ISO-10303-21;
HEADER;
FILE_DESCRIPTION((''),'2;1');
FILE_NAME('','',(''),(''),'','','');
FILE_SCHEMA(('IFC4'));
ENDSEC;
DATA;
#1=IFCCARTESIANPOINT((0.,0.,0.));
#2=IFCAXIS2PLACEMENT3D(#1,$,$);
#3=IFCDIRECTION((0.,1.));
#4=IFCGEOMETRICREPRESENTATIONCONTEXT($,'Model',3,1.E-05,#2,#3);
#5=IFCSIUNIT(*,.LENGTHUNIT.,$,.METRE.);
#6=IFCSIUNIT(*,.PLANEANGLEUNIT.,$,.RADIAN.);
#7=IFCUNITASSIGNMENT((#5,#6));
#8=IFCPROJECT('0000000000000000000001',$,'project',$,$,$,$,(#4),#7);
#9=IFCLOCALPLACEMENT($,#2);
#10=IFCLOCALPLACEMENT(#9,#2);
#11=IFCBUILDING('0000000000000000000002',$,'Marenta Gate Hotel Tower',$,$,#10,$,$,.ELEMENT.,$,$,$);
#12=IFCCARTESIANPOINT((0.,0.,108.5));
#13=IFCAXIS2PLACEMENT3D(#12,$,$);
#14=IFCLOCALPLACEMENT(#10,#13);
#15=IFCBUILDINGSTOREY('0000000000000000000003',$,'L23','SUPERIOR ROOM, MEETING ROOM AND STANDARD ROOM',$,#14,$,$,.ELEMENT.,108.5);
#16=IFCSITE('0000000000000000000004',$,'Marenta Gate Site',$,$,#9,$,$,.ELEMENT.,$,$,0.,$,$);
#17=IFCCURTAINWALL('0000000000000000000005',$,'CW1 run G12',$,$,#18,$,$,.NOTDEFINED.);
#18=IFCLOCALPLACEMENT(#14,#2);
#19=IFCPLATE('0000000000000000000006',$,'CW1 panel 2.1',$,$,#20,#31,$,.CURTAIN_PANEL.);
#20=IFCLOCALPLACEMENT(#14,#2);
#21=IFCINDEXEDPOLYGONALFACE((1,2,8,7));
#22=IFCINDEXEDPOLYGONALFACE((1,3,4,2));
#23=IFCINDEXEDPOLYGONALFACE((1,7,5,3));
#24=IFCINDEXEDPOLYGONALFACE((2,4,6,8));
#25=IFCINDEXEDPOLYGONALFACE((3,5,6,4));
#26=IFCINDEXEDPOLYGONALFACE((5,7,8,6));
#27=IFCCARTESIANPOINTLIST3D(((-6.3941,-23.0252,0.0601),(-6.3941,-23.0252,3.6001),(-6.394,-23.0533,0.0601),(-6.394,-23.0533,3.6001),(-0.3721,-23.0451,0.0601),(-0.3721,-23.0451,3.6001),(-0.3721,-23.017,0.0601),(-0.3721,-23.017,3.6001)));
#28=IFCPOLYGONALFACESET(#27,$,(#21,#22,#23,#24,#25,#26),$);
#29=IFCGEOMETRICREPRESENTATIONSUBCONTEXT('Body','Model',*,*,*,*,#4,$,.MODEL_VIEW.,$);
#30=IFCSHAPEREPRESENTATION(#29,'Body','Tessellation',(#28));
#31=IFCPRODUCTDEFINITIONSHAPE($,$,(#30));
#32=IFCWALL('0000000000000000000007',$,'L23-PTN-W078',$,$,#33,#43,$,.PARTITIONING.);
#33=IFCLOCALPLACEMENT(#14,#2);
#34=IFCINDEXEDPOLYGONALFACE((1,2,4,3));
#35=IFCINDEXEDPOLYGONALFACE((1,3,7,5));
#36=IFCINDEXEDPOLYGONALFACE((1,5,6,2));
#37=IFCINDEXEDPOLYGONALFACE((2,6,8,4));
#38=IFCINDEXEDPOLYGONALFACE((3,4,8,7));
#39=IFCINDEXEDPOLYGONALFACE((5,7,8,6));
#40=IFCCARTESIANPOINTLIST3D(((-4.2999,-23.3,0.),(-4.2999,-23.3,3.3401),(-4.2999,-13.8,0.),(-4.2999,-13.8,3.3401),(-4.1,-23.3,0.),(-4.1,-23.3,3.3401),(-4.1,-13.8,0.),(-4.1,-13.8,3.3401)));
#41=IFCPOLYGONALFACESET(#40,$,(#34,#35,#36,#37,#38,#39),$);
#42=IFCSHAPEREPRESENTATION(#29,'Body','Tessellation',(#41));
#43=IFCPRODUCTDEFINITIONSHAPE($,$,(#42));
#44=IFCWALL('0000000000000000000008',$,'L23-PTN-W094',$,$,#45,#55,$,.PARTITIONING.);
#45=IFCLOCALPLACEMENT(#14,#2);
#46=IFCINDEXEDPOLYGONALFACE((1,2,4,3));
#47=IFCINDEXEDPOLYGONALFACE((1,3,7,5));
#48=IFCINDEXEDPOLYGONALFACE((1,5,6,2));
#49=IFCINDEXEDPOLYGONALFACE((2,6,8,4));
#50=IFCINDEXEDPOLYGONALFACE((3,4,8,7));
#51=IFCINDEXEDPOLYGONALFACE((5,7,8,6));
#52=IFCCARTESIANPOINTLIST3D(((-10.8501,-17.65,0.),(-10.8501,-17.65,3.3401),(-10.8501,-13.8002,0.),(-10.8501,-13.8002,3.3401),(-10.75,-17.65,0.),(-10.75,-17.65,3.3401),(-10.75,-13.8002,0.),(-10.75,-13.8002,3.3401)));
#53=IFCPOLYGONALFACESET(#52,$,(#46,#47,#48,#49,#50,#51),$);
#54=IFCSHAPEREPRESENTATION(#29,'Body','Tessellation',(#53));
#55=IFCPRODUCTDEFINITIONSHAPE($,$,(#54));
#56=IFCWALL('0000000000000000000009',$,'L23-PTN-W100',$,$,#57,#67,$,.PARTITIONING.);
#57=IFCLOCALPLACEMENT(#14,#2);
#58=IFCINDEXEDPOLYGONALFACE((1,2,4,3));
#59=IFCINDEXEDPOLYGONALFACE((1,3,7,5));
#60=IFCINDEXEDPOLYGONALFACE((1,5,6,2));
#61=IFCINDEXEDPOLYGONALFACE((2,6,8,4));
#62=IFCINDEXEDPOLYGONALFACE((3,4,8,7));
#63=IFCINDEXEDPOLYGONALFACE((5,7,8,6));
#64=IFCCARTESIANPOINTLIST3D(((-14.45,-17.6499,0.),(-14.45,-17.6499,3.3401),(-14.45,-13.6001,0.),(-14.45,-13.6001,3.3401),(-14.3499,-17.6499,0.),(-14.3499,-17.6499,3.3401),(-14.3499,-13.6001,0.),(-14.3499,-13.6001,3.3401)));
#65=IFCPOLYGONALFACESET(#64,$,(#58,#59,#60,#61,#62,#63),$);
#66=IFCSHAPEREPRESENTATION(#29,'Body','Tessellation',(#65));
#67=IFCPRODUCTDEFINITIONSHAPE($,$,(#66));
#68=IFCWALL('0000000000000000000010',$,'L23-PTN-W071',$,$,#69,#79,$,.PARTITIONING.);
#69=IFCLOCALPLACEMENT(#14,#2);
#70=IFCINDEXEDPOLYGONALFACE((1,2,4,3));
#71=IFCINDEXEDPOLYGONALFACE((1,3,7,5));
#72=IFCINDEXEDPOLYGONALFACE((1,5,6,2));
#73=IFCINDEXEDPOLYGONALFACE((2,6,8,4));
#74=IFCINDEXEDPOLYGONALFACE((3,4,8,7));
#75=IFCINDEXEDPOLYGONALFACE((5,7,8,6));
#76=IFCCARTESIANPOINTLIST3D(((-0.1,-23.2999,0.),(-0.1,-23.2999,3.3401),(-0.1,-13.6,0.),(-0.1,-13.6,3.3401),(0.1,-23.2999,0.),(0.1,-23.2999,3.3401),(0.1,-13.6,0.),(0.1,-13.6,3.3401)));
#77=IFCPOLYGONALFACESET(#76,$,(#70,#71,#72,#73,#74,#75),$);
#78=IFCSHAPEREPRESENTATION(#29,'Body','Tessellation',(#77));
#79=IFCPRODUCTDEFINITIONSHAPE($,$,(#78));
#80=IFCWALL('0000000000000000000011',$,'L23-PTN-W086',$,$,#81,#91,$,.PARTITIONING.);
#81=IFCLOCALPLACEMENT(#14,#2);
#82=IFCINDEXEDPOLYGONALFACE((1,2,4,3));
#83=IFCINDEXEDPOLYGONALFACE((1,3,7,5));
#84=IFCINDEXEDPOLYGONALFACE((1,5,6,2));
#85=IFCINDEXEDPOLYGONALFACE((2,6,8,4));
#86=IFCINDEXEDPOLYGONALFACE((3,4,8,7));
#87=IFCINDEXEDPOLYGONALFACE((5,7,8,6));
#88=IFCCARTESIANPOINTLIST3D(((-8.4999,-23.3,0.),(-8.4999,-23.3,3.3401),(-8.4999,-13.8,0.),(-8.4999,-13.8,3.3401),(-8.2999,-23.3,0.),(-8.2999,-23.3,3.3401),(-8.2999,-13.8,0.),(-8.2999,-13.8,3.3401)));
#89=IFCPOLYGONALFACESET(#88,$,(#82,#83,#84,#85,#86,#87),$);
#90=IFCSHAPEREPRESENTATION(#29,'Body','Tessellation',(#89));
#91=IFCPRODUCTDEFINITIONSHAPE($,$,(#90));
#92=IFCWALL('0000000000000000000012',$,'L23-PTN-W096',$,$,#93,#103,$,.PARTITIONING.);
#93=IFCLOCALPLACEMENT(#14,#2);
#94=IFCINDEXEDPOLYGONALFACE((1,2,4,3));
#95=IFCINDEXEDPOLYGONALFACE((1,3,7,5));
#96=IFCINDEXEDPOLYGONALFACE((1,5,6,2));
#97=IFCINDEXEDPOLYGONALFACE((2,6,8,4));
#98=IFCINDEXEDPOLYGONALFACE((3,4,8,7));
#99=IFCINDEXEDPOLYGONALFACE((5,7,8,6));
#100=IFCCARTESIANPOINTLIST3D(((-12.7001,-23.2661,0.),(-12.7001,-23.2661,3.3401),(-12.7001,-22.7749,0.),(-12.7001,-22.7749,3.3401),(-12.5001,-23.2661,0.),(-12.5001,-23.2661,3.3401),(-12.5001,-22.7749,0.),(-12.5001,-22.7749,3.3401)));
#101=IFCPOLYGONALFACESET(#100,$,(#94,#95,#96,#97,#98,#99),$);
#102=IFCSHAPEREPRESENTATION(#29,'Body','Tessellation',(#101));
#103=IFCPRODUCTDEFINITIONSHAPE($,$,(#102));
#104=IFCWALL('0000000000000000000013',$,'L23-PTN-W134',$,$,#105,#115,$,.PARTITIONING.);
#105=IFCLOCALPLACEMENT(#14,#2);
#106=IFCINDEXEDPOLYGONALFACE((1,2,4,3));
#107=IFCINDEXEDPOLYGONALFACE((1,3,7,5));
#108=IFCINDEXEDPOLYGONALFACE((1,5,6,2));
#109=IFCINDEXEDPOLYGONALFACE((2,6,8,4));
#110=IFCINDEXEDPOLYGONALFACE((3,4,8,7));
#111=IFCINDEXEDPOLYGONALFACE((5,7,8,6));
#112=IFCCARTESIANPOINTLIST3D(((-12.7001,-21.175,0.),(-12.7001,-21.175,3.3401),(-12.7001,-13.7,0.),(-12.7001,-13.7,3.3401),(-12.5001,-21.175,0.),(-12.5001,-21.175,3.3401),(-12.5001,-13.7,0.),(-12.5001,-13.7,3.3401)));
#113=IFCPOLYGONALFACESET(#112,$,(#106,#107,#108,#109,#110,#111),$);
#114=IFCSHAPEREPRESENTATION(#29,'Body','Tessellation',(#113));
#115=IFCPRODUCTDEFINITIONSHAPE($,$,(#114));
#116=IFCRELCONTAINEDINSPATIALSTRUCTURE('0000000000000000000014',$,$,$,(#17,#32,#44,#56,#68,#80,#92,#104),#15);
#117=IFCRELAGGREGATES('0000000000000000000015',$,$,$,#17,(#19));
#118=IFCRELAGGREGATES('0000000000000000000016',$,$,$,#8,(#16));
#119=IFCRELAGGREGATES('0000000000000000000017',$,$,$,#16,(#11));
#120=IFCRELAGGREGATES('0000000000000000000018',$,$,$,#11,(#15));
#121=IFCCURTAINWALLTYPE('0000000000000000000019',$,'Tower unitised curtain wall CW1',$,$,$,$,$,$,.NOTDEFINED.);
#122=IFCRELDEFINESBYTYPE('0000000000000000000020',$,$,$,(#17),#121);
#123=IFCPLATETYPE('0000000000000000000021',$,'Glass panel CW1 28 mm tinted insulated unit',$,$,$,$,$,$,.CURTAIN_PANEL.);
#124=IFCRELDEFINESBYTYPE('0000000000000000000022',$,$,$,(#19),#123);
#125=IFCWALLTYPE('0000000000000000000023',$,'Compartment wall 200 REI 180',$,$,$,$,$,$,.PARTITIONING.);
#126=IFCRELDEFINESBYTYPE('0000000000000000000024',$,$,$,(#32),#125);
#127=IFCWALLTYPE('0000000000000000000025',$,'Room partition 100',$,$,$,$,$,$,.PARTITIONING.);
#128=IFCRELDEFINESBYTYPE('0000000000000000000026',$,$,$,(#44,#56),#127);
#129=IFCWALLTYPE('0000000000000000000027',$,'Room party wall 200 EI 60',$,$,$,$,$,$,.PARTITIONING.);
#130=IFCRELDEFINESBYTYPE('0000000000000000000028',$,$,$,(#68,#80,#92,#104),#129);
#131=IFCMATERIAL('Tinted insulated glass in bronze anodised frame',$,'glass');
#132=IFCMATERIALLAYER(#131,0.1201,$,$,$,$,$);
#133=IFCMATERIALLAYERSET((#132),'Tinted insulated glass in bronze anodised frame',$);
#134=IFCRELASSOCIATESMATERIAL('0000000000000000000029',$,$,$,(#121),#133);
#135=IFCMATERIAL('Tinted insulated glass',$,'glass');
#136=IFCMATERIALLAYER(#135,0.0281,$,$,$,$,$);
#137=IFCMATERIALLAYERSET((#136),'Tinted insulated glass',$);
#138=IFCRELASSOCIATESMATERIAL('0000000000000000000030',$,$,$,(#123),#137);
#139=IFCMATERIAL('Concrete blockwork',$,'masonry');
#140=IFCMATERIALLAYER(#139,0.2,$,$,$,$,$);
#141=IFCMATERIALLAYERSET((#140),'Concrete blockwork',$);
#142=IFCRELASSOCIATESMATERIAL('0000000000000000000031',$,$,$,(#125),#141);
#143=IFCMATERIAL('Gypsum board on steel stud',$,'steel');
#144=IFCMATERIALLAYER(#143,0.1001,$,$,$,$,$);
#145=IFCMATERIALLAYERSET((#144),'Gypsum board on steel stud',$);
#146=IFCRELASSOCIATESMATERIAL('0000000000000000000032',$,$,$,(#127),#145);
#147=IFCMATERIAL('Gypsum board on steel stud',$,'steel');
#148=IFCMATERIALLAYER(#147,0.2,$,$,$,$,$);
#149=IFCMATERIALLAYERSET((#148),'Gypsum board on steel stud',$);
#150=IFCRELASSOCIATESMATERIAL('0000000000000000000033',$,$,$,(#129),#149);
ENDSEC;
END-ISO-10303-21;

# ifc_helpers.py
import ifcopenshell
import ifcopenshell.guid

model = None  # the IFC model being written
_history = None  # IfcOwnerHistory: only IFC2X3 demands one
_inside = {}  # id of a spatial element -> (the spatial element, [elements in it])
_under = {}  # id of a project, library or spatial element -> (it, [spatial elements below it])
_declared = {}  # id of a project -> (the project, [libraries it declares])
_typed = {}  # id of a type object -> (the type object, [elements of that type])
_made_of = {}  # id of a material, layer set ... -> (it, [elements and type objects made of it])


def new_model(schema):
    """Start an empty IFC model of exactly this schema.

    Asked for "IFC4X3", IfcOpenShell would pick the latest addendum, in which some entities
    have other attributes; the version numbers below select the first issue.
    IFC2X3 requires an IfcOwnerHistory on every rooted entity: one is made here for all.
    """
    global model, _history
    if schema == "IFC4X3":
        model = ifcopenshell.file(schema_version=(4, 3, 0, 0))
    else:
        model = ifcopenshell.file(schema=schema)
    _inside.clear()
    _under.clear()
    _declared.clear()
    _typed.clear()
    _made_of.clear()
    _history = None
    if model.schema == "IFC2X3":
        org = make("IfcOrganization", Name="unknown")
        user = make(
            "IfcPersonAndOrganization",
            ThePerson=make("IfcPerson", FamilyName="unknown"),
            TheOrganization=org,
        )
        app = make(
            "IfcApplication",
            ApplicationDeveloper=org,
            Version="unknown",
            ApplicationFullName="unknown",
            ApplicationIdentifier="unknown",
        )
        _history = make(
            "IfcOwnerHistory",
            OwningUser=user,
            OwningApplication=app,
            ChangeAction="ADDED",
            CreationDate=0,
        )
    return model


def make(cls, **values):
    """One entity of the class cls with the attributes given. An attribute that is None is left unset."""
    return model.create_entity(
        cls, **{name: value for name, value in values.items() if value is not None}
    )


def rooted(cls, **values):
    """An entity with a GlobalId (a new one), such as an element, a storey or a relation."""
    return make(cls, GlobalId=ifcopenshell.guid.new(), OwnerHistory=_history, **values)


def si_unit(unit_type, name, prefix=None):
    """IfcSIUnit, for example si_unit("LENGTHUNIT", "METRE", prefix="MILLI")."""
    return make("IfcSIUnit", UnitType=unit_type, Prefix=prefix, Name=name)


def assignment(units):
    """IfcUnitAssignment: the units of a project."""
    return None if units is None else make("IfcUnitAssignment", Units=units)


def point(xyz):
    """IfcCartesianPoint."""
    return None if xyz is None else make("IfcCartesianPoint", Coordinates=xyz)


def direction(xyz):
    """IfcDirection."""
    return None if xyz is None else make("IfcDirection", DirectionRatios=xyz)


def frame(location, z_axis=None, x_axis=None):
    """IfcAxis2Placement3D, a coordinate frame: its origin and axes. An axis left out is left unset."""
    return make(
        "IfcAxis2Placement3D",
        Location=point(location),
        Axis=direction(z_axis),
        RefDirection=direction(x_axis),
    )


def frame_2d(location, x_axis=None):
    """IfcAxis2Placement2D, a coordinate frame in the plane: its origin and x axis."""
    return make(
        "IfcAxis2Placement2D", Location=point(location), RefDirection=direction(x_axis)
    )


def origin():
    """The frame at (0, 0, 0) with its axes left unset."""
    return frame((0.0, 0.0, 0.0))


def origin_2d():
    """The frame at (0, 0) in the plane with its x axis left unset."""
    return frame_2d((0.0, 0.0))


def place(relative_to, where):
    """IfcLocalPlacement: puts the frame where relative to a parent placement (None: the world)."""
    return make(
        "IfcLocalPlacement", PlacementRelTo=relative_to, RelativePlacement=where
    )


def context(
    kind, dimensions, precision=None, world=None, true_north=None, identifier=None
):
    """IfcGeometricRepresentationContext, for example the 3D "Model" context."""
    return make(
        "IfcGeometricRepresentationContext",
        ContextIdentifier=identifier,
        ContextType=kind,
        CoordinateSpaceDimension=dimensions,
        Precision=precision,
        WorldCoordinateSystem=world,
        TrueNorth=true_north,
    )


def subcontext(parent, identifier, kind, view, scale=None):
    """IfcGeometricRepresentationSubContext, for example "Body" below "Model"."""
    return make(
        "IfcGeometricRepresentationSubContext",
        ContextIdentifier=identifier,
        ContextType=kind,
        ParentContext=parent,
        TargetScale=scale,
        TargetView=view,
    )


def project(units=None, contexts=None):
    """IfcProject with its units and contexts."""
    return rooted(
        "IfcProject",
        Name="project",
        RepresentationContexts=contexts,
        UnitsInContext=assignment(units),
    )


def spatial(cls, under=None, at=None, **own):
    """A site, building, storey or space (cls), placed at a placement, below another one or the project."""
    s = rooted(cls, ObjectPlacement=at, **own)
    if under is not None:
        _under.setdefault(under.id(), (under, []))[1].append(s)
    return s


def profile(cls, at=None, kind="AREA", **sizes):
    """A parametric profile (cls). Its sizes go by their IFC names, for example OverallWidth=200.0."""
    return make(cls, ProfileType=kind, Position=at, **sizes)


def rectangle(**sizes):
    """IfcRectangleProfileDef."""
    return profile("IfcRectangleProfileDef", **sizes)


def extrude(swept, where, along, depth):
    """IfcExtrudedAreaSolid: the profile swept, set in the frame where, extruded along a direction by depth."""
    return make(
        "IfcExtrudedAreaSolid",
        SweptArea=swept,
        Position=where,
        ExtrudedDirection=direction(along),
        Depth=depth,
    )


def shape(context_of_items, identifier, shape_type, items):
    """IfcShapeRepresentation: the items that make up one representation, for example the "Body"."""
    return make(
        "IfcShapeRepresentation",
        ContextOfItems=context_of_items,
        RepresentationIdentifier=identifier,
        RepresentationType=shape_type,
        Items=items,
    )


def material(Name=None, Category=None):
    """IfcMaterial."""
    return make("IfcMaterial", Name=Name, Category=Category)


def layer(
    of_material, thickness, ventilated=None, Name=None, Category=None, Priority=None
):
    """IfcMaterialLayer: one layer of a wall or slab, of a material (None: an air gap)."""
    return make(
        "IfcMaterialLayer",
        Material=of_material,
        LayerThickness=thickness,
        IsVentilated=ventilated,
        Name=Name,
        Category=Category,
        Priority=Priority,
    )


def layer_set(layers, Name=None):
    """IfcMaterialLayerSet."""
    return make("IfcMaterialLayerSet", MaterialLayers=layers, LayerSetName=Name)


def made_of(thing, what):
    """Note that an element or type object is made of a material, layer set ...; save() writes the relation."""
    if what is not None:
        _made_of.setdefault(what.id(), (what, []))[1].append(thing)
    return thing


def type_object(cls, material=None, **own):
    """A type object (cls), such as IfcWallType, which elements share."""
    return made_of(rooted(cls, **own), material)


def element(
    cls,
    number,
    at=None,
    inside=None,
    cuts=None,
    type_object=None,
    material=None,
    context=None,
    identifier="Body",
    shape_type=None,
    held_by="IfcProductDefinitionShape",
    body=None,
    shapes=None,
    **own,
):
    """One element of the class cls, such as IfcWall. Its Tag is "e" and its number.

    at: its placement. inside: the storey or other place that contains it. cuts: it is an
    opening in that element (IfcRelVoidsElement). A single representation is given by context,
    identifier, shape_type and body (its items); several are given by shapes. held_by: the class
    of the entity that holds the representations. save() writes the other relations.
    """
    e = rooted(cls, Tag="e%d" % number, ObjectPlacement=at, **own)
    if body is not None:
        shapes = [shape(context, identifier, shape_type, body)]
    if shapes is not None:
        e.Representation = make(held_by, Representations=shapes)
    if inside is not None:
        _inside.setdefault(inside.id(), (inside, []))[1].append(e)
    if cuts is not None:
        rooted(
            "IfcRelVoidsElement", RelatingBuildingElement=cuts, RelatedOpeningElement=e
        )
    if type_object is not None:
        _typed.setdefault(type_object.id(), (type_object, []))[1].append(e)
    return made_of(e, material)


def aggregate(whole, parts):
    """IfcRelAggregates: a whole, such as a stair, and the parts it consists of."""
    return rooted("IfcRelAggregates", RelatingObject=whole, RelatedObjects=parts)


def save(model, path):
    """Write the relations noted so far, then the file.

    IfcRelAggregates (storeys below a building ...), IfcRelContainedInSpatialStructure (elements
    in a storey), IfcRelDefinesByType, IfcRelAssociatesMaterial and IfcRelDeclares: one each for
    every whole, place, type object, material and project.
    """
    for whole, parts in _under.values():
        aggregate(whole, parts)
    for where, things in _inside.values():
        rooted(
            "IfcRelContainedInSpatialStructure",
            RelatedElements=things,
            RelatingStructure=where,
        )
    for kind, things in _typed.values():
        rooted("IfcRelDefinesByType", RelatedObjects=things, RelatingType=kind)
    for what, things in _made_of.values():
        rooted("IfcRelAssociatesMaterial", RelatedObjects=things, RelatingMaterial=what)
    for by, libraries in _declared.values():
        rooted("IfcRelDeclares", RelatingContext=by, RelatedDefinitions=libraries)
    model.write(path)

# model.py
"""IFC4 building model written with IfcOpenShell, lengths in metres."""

from ifc_helpers import new_model, si_unit, direction, frame, frame_2d, origin, origin_2d, place, context, subcontext, project, spatial, rectangle, extrude, material, layer, layer_set, type_object, element, aggregate, save


model = new_model("IFC4")

# Units and contexts
model_context = context("Model", 3, precision=1e-05, world=origin(), true_north=direction((0.0, 1.0)))
body_context = subcontext(model_context, "Body", "Model", "MODEL_VIEW")
ifc_project = project(units=[si_unit("LENGTHUNIT", "METRE"), si_unit("PLANEANGLEUNIT", "RADIAN")], contexts=[model_context])

# Site, building, storey
site_placement = place(None, origin())
site = spatial("IfcSite", under=ifc_project, at=site_placement, Name="Marenta Gate Site", CompositionType="ELEMENT", RefElevation=0.0)
building_placement = place(site_placement, origin())
building = spatial("IfcBuilding", under=site, at=building_placement, Name="Marenta Gate Hotel Tower", CompositionType="ELEMENT")
storey_placement = place(building_placement, frame((0.0, 0.0, 108.5)))
storey = spatial("IfcBuildingStorey", under=building, at=storey_placement, Name="L23", Description="SUPERIOR ROOM, MEETING ROOM AND STANDARD ROOM", CompositionType="ELEMENT", Elevation=108.5)

# Shared definitions
ifc_material_1 = material(Name="Tinted insulated glass in bronze anodised frame", Category="glass")
ifc_layer_1 = layer(ifc_material_1, 0.1201)
ifc_layer_set_1 = layer_set([ifc_layer_1], Name="Tinted insulated glass in bronze anodised frame")
curtain_wall_type = type_object("IfcCurtainWallType", Name="Tower unitised curtain wall CW1", PredefinedType="NOTDEFINED", material=ifc_layer_set_1)

# Curtain wall
curtain_wall_1_placement = place(storey_placement, origin())
curtain_wall_1 = element("IfcCurtainWall", 1, at=curtain_wall_1_placement, inside=storey, type_object=curtain_wall_type, Name="CW1 run G12", PredefinedType="NOTDEFINED")

# Shared definitions
ifc_material_2 = material(Name="Tinted insulated glass", Category="glass")
ifc_layer_2 = layer(ifc_material_2, 0.0281)
ifc_layer_set_2 = layer_set([ifc_layer_2], Name="Tinted insulated glass")
plate_type = type_object("IfcPlateType", Name="Glass panel CW1 28 mm tinted insulated unit", PredefinedType="CURTAIN_PANEL", material=ifc_layer_set_2)

# Plate
plate_1_placement = place(storey_placement, frame((-3.3831, -23.0352, 0.0601), z_axis=(0.0, 0.0, 1.0), x_axis=(0.999999, 0.001365, 0.0)))
plate_1 = element("IfcPlate", 2, at=plate_1_placement, type_object=plate_type, Name="CW1 panel 2.1", PredefinedType="CURTAIN_PANEL", context=body_context, shape_type="SweptSolid", body=[
    extrude(rectangle(XDim=6.022, YDim=0.0281, at=origin_2d()), origin(), (0.0, 0.0, 1.0), 3.54),
])
aggregate(curtain_wall_1, [plate_1])

# Walls
ifc_material_3 = material(Name="Concrete blockwork", Category="masonry")
ifc_layer_3 = layer(ifc_material_3, 0.2)
ifc_layer_set_3 = layer_set([ifc_layer_3], Name="Concrete blockwork")
wall_type_1 = type_object("IfcWallType", Name="Compartment wall 200 REI 180", PredefinedType="PARTITIONING", material=ifc_layer_set_3)
wall_1_placement = place(storey_placement, frame((-4.2, -23.3, 0.0), z_axis=(0.0, 0.0, 1.0), x_axis=(0.0, 1.0, 0.0)))
element("IfcWall", 3, at=wall_1_placement, inside=storey, type_object=wall_type_1, Name="L23-PTN-W078", PredefinedType="PARTITIONING", context=body_context, shape_type="SweptSolid", body=[
    extrude(rectangle(XDim=9.5, YDim=0.2, at=frame_2d((4.75, 0.0))), origin(), (0.0, 0.0, 1.0), 3.3401),
])
ifc_material_4 = material(Name="Gypsum board on steel stud", Category="steel")
ifc_layer_4 = layer(ifc_material_4, 0.1001)
ifc_layer_set_4 = layer_set([ifc_layer_4], Name="Gypsum board on steel stud")
wall_type_2 = type_object("IfcWallType", Name="Room partition 100", PredefinedType="PARTITIONING", material=ifc_layer_set_4)
wall_2_placement = place(storey_placement, frame((-10.8, -17.6499, 0.0), z_axis=(0.0, 0.0, 1.0), x_axis=(0.0, 1.0, 0.0)))
element("IfcWall", 4, at=wall_2_placement, inside=storey, type_object=wall_type_2, Name="L23-PTN-W094", PredefinedType="PARTITIONING", context=body_context, shape_type="SweptSolid", body=[
    extrude(rectangle(XDim=3.8499, YDim=0.1001, at=frame_2d((1.9248, 0.0))), origin(), (0.0, 0.0, 1.0), 3.3401),
])
wall_3_placement = place(storey_placement, frame((-14.3999, -17.6499, 0.0), z_axis=(0.0, 0.0, 1.0), x_axis=(0.0, 1.0, 0.0)))
element("IfcWall", 5, at=wall_3_placement, inside=storey, type_object=wall_type_2, Name="L23-PTN-W100", PredefinedType="PARTITIONING", context=body_context, shape_type="SweptSolid", body=[
    extrude(rectangle(XDim=4.0498, YDim=0.1001, at=frame_2d((2.0249, 0.0))), origin(), (0.0, 0.0, 1.0), 3.3401),
])
ifc_material_5 = material(Name="Gypsum board on steel stud", Category="steel")
ifc_layer_5 = layer(ifc_material_5, 0.2)
ifc_layer_set_5 = layer_set([ifc_layer_5], Name="Gypsum board on steel stud")
wall_type_3 = type_object("IfcWallType", Name="Room party wall 200 EI 60", PredefinedType="PARTITIONING", material=ifc_layer_set_5)
wall_4_placement = place(storey_placement, frame((0.0, -23.3, 0.0), z_axis=(0.0, 0.0, 1.0), x_axis=(0.0, 1.0, 0.0)))
element("IfcWall", 6, at=wall_4_placement, inside=storey, type_object=wall_type_3, Name="L23-PTN-W071", PredefinedType="PARTITIONING", context=body_context, shape_type="SweptSolid", body=[
    extrude(rectangle(XDim=9.7, YDim=0.2, at=frame_2d((4.8501, 0.0))), origin(), (0.0, 0.0, 1.0), 3.3401),
])
wall_5_placement = place(storey_placement, frame((-8.3999, -23.3, 0.0), z_axis=(0.0, 0.0, 1.0), x_axis=(0.0, 1.0, 0.0)))
element("IfcWall", 7, at=wall_5_placement, inside=storey, type_object=wall_type_3, Name="L23-PTN-W086", PredefinedType="PARTITIONING", context=body_context, shape_type="SweptSolid", body=[
    extrude(rectangle(XDim=9.5, YDim=0.2, at=frame_2d((4.75, 0.0))), origin(), (0.0, 0.0, 1.0), 3.3401),
])
wall_6_placement = place(storey_placement, frame((-12.6001, -23.2661, 0.0), z_axis=(0.0, 0.0, 1.0), x_axis=(0.0, 1.0, 0.0)))
element("IfcWall", 8, at=wall_6_placement, inside=storey, type_object=wall_type_3, Name="L23-PTN-W096", PredefinedType="PARTITIONING", context=body_context, shape_type="SweptSolid", body=[
    extrude(rectangle(XDim=0.4912, YDim=0.2, at=frame_2d((0.2456, 0.0))), origin(), (0.0, 0.0, 1.0), 3.3401),
])
wall_7_placement = place(storey_placement, frame((-12.6001, -21.175, 0.0), z_axis=(0.0, 0.0, 1.0), x_axis=(0.0, 1.0, 0.0)))
element("IfcWall", 9, at=wall_7_placement, inside=storey, type_object=wall_type_3, Name="L23-PTN-W134", PredefinedType="PARTITIONING", context=body_context, shape_type="SweptSolid", body=[
    extrude(rectangle(XDim=7.4751, YDim=0.2, at=frame_2d((3.7375, 0.0))), origin(), (0.0, 0.0, 1.0), 3.3401),
])

save(model, "model.ifc")
